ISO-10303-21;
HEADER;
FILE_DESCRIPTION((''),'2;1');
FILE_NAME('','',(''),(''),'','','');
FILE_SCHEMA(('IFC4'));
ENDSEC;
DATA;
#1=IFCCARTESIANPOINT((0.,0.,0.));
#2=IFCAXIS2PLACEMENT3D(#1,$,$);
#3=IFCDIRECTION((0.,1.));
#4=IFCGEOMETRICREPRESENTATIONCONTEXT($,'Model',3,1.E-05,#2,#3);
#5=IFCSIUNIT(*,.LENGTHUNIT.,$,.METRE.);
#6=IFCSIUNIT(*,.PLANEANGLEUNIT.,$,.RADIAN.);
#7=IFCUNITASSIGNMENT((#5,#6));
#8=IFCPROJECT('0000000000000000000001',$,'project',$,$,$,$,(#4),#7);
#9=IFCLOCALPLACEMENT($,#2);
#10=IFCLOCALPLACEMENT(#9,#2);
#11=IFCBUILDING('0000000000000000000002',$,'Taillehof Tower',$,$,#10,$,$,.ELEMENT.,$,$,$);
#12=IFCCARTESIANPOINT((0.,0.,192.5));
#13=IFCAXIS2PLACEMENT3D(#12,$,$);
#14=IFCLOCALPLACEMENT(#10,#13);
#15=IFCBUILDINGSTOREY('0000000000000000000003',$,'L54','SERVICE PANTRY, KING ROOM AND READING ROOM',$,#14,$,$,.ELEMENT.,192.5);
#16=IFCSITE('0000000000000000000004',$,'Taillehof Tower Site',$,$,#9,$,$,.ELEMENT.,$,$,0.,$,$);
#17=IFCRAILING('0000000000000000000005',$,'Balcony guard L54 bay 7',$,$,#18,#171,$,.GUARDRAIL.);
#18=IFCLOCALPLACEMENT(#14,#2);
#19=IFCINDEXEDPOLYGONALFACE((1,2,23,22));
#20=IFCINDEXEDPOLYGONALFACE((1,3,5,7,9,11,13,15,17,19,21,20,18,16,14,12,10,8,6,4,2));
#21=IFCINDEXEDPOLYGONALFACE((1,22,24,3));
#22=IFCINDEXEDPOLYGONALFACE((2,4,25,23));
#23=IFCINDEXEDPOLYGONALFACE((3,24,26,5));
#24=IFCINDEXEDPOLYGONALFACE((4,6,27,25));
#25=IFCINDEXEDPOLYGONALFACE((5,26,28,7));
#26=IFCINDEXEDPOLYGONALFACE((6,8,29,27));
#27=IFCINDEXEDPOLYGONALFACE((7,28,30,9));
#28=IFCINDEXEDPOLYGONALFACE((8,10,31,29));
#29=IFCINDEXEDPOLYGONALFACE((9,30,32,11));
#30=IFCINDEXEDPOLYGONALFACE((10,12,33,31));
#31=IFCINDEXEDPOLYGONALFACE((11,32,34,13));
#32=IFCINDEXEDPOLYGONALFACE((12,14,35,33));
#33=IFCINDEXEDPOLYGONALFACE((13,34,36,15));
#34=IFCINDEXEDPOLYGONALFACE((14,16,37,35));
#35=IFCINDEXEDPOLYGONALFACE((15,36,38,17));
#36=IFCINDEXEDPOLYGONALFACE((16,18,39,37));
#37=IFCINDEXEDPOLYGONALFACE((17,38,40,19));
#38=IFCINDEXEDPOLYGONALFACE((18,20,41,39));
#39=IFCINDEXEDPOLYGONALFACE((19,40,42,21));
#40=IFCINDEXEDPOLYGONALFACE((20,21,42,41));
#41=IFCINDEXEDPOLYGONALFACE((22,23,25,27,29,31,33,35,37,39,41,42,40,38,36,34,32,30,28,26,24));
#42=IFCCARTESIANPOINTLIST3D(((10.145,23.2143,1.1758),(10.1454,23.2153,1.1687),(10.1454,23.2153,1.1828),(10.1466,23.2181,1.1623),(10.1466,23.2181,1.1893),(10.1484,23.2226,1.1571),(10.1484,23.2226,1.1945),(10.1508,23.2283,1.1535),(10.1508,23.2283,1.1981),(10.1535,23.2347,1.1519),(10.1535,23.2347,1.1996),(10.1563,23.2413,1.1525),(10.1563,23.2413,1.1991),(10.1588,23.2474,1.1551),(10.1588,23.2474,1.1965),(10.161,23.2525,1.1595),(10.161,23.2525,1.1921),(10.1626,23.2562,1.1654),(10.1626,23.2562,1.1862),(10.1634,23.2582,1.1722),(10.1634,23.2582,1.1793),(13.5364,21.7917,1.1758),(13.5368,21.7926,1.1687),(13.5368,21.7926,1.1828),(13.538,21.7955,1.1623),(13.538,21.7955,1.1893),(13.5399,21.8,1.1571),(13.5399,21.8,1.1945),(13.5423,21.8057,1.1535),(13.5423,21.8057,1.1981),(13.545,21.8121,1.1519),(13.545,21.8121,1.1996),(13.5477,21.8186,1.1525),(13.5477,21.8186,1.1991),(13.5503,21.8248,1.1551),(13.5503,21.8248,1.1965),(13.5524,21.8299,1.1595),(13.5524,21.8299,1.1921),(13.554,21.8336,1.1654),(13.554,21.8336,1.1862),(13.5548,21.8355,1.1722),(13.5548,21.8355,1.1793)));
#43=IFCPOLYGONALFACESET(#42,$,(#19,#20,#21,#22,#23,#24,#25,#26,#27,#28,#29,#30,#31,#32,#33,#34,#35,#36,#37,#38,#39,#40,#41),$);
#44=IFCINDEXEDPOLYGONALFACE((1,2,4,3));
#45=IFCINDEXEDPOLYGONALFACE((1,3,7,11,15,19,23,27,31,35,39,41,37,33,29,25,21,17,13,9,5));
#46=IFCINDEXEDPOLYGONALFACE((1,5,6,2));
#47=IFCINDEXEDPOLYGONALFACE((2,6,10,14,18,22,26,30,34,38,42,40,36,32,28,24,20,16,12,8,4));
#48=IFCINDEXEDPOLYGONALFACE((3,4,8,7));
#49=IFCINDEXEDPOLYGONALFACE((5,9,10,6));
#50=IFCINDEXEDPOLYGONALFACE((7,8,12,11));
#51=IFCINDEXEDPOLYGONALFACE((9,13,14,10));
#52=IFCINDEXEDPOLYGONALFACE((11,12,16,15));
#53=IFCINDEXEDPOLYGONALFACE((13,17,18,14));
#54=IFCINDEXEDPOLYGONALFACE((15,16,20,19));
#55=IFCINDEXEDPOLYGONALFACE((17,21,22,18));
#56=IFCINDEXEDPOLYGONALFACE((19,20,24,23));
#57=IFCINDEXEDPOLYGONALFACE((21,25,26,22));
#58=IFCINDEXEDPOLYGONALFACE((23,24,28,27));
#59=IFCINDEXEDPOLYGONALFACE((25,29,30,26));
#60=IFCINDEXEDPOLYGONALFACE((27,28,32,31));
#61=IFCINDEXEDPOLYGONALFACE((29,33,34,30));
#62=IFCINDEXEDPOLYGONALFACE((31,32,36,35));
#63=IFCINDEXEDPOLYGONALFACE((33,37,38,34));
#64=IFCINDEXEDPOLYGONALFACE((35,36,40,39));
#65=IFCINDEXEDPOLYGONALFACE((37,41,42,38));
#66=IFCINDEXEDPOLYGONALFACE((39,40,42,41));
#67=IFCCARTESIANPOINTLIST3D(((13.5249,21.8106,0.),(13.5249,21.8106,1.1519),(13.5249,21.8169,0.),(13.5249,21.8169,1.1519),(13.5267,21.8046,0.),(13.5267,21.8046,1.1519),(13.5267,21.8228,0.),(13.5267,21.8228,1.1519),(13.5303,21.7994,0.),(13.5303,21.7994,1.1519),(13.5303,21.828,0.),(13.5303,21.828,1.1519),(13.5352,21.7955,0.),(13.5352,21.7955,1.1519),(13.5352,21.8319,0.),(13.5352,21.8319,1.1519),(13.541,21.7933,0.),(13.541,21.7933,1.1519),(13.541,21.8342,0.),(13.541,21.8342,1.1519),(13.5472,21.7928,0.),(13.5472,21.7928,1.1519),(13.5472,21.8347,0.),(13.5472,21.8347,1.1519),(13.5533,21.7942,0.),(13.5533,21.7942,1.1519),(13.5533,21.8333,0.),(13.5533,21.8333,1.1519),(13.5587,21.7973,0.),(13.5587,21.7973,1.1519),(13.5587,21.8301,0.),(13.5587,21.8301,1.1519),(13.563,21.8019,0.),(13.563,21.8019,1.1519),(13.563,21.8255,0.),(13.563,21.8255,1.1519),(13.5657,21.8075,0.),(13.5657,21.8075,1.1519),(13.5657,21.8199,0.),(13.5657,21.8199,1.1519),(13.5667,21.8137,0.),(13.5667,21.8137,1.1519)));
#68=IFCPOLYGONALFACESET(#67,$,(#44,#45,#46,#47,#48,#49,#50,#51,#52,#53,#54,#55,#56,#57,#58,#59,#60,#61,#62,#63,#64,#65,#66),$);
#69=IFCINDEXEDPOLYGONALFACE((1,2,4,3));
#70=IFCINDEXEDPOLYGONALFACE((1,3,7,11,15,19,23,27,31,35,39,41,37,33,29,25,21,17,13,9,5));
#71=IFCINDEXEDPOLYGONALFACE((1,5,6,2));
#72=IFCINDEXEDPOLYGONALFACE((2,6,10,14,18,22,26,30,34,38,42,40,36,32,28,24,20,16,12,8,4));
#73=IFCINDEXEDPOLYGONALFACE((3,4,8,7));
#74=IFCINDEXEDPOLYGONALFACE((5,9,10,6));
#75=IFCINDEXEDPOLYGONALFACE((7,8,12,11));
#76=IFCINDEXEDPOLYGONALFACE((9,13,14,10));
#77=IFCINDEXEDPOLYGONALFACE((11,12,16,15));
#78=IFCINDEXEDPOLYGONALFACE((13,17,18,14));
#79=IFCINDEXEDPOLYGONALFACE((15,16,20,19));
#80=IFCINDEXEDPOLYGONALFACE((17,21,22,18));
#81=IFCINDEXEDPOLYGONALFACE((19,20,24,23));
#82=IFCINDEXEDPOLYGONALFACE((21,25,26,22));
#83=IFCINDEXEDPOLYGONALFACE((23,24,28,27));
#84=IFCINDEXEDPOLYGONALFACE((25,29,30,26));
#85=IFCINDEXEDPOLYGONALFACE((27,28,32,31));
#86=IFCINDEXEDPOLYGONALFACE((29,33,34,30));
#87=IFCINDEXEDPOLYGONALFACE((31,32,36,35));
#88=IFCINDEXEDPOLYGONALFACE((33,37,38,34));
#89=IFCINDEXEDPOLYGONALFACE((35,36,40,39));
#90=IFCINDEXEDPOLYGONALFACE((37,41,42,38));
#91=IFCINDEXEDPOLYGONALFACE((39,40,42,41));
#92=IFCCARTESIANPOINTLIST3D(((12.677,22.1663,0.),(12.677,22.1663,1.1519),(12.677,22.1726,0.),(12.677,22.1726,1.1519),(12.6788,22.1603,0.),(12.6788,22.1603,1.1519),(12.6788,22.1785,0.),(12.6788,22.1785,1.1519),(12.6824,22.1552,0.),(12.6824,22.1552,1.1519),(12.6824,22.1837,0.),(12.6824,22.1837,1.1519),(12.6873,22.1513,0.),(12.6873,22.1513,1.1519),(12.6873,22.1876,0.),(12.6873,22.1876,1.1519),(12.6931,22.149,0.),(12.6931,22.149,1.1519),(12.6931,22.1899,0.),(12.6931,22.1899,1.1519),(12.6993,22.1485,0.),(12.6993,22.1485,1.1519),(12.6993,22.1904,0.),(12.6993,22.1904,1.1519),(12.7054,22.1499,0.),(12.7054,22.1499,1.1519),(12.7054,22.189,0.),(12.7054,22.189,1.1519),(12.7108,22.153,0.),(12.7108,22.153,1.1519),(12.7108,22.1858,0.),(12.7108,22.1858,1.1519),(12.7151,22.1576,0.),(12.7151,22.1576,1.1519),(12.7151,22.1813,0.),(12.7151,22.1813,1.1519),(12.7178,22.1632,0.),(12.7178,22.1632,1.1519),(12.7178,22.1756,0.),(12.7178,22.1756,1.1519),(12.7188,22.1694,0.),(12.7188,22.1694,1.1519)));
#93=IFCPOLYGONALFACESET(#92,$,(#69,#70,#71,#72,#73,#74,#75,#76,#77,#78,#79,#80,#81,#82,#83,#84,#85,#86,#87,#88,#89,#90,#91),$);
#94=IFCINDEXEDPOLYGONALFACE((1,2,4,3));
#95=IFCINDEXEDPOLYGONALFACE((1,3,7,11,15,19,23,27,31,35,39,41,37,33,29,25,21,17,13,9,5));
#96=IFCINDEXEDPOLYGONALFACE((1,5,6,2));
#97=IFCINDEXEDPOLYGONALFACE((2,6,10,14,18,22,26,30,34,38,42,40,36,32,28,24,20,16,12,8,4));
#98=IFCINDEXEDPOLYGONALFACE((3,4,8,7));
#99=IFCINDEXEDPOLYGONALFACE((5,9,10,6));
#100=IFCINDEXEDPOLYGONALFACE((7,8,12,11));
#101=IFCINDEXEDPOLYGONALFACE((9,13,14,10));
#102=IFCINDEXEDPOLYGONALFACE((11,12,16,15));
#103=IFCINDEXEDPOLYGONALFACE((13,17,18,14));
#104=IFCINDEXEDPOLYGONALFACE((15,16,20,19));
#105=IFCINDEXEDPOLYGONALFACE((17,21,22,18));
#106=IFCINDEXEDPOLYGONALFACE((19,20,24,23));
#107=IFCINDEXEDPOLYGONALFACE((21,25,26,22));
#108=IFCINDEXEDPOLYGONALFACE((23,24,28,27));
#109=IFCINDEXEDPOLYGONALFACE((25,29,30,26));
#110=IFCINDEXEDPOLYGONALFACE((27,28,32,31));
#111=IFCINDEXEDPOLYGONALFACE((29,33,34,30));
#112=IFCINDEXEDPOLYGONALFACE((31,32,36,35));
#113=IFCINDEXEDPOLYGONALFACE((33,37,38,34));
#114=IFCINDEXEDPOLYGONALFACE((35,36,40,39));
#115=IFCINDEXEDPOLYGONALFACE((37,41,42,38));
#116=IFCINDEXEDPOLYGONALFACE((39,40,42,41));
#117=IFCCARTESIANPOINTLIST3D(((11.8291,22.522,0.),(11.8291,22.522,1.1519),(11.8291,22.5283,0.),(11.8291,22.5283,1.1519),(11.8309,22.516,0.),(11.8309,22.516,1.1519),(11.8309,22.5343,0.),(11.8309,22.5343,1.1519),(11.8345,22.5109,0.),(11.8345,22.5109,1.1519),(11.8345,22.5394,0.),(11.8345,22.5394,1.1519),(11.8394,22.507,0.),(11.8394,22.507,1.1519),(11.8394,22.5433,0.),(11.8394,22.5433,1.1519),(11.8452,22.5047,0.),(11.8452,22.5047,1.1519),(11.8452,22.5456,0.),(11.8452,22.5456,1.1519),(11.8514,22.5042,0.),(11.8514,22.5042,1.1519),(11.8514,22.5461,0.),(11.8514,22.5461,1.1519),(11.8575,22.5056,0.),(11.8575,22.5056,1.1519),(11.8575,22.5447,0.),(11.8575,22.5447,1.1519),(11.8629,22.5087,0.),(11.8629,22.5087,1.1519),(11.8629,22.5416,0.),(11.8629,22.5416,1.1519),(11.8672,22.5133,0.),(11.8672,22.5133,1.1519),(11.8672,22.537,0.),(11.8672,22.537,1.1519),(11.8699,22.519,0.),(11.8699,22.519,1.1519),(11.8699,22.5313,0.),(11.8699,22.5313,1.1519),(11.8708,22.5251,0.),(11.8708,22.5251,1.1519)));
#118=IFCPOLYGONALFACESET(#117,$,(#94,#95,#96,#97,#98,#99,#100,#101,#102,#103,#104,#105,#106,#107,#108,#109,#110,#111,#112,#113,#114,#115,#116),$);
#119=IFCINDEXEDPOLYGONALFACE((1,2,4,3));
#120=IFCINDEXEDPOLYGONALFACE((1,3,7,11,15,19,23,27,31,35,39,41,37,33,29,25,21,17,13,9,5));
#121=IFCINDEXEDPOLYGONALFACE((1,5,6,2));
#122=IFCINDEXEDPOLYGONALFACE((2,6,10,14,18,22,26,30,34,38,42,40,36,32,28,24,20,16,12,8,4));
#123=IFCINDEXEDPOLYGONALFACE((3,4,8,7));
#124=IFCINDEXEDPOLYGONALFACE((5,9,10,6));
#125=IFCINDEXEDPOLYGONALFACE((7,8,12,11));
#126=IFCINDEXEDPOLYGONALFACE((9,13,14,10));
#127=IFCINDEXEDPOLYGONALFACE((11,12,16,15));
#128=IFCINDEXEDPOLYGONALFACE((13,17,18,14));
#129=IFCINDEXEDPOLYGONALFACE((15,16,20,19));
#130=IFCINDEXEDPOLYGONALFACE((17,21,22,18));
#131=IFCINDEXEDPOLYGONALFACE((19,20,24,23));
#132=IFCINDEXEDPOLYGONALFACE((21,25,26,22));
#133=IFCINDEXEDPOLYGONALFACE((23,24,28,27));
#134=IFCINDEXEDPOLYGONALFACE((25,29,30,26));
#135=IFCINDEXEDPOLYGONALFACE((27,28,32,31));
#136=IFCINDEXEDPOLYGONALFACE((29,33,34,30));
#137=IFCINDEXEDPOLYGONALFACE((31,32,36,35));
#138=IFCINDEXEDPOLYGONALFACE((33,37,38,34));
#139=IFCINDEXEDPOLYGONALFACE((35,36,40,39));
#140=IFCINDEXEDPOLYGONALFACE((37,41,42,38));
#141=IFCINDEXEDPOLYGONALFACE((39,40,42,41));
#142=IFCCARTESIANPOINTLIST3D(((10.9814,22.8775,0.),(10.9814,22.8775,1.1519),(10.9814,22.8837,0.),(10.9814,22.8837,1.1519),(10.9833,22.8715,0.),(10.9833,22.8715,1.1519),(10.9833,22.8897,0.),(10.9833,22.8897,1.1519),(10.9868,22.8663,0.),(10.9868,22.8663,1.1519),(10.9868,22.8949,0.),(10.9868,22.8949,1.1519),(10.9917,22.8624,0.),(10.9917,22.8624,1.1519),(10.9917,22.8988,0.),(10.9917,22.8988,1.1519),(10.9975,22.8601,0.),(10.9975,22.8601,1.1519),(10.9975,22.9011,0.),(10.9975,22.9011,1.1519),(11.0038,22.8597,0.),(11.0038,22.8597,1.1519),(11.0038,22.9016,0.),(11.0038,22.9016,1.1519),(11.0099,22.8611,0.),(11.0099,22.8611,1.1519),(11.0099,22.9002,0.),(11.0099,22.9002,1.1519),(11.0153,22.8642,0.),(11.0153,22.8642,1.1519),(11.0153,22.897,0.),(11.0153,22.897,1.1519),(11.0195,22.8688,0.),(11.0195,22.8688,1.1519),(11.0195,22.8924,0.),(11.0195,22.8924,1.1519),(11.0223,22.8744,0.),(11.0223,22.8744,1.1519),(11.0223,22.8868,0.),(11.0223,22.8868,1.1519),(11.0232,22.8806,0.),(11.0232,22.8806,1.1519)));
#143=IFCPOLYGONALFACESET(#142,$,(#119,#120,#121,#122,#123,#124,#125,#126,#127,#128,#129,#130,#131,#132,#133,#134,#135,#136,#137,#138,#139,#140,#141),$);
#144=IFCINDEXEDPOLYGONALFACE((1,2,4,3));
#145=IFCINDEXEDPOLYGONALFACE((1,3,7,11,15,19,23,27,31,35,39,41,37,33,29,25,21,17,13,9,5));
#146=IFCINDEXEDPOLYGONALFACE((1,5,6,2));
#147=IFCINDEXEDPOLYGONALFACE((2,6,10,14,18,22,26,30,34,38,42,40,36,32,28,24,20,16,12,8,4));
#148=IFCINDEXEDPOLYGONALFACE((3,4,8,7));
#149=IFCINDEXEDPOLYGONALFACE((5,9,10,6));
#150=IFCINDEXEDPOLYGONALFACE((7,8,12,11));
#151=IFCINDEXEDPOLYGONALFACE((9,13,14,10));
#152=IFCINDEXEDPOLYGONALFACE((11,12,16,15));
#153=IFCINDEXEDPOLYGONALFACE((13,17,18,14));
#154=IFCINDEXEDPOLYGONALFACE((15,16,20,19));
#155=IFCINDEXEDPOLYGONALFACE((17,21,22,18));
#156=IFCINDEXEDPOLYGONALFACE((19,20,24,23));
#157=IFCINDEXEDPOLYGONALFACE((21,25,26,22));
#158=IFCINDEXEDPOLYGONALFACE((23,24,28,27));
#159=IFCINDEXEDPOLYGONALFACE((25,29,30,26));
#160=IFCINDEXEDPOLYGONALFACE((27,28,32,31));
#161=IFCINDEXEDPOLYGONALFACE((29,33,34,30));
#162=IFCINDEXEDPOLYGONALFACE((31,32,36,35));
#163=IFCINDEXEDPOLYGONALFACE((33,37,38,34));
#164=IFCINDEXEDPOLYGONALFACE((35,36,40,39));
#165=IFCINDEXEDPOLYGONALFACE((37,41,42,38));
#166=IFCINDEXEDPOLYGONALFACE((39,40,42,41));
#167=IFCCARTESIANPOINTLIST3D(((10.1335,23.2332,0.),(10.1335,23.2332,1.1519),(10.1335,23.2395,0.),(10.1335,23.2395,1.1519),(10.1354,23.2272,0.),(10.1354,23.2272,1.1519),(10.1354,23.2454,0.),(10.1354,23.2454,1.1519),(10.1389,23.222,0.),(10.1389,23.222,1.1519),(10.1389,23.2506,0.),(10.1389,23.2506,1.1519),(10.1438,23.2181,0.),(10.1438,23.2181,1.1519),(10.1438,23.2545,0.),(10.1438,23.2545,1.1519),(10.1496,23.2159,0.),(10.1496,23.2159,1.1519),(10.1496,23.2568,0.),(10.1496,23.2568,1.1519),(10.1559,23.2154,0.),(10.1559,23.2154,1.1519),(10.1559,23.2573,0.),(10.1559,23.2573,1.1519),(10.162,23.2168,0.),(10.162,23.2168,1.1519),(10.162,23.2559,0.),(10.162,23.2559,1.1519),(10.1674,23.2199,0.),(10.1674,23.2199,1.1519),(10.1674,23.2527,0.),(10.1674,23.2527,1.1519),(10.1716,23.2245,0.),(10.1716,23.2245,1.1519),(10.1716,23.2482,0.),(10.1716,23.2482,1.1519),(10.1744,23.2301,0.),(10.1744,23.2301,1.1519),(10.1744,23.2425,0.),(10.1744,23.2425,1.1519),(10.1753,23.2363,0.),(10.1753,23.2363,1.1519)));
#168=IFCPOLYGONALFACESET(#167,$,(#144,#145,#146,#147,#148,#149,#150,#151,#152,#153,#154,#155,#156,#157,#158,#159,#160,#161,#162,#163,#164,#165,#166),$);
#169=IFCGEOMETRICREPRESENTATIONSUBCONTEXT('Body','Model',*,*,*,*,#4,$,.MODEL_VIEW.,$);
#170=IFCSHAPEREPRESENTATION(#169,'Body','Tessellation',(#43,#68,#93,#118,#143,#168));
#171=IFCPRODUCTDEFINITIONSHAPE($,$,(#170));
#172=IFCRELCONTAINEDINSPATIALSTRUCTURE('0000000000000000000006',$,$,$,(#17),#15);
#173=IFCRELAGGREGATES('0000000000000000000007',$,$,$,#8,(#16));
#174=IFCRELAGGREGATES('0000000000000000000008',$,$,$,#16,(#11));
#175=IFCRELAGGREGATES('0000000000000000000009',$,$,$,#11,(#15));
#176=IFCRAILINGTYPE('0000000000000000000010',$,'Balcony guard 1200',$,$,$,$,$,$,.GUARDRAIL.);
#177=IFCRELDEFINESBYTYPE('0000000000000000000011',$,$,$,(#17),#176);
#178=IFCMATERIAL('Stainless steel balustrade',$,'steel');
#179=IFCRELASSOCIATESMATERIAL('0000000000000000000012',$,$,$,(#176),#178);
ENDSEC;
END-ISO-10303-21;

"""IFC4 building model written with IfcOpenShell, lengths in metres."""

from ifc_helpers import new_model, si_unit, direction, frame, origin, origin_2d, place, context, subcontext, project, spatial, circle, extrude, material, type_object, element, save


model = new_model("IFC4")

# Units and contexts
model_context = context("Model", 3, precision=1e-05, world=origin(), true_north=direction((0.0, 1.0)))
body_context = subcontext(model_context, "Body", "Model", "MODEL_VIEW")
ifc_project = project(units=[si_unit("LENGTHUNIT", "METRE"), si_unit("PLANEANGLEUNIT", "RADIAN")], contexts=[model_context])

# Site, building, storey
site_placement = place(None, origin())
site = spatial("IfcSite", under=ifc_project, at=site_placement, Name="Taillehof Tower Site", CompositionType="ELEMENT", RefElevation=0.0)
building_placement = place(site_placement, origin())
building = spatial("IfcBuilding", under=site, at=building_placement, Name="Taillehof Tower", CompositionType="ELEMENT")
storey_placement = place(building_placement, frame((0.0, 0.0, 192.5)))
storey = spatial("IfcBuildingStorey", under=building, at=storey_placement, Name="L54", Description="SERVICE PANTRY, KING ROOM AND READING ROOM", CompositionType="ELEMENT", Elevation=192.5)

# Railing
ifc_material_1 = material(Name="Stainless steel balustrade", Category="steel")
railing_type = type_object("IfcRailingType", Name="Balcony guard 1200", PredefinedType="GUARDRAIL", material=ifc_material_1)
railing_1_placement = place(storey_placement, frame((13.5457, 21.8137, 0.0)))
element("IfcRailing", 1, at=railing_1_placement, inside=storey, type_object=railing_type, Name="Balcony guard L54 bay 7", PredefinedType="GUARDRAIL", context=body_context, shape_type="SweptSolid", body=[
    extrude(circle(Radius=0.0239, at=origin_2d()), frame((0.0, 0.0, 1.1758), z_axis=(-0.922153, 0.386825, 0.0), x_axis=(-0.386825, -0.922153, 0.0)), (0.0, 0.0, 1.0), 3.6777),
    extrude(circle(Radius=0.021, at=origin_2d()), origin(), (0.0, 0.0, 1.0), 1.1519),
    extrude(circle(Radius=0.021, at=origin_2d()), frame((-0.8479, 0.3557, 0.0)), (0.0, 0.0, 1.0), 1.1519),
    extrude(circle(Radius=0.021, at=origin_2d()), frame((-1.6958, 0.7114, 0.0)), (0.0, 0.0, 1.0), 1.1519),
    extrude(circle(Radius=0.021, at=origin_2d()), frame((-2.5435, 1.0669, 0.0)), (0.0, 0.0, 1.0), 1.1519),
    extrude(circle(Radius=0.021, at=origin_2d()), frame((-3.3914, 1.4226, 0.0)), (0.0, 0.0, 1.0), 1.1519),
])

save(model, "model.ifc")
